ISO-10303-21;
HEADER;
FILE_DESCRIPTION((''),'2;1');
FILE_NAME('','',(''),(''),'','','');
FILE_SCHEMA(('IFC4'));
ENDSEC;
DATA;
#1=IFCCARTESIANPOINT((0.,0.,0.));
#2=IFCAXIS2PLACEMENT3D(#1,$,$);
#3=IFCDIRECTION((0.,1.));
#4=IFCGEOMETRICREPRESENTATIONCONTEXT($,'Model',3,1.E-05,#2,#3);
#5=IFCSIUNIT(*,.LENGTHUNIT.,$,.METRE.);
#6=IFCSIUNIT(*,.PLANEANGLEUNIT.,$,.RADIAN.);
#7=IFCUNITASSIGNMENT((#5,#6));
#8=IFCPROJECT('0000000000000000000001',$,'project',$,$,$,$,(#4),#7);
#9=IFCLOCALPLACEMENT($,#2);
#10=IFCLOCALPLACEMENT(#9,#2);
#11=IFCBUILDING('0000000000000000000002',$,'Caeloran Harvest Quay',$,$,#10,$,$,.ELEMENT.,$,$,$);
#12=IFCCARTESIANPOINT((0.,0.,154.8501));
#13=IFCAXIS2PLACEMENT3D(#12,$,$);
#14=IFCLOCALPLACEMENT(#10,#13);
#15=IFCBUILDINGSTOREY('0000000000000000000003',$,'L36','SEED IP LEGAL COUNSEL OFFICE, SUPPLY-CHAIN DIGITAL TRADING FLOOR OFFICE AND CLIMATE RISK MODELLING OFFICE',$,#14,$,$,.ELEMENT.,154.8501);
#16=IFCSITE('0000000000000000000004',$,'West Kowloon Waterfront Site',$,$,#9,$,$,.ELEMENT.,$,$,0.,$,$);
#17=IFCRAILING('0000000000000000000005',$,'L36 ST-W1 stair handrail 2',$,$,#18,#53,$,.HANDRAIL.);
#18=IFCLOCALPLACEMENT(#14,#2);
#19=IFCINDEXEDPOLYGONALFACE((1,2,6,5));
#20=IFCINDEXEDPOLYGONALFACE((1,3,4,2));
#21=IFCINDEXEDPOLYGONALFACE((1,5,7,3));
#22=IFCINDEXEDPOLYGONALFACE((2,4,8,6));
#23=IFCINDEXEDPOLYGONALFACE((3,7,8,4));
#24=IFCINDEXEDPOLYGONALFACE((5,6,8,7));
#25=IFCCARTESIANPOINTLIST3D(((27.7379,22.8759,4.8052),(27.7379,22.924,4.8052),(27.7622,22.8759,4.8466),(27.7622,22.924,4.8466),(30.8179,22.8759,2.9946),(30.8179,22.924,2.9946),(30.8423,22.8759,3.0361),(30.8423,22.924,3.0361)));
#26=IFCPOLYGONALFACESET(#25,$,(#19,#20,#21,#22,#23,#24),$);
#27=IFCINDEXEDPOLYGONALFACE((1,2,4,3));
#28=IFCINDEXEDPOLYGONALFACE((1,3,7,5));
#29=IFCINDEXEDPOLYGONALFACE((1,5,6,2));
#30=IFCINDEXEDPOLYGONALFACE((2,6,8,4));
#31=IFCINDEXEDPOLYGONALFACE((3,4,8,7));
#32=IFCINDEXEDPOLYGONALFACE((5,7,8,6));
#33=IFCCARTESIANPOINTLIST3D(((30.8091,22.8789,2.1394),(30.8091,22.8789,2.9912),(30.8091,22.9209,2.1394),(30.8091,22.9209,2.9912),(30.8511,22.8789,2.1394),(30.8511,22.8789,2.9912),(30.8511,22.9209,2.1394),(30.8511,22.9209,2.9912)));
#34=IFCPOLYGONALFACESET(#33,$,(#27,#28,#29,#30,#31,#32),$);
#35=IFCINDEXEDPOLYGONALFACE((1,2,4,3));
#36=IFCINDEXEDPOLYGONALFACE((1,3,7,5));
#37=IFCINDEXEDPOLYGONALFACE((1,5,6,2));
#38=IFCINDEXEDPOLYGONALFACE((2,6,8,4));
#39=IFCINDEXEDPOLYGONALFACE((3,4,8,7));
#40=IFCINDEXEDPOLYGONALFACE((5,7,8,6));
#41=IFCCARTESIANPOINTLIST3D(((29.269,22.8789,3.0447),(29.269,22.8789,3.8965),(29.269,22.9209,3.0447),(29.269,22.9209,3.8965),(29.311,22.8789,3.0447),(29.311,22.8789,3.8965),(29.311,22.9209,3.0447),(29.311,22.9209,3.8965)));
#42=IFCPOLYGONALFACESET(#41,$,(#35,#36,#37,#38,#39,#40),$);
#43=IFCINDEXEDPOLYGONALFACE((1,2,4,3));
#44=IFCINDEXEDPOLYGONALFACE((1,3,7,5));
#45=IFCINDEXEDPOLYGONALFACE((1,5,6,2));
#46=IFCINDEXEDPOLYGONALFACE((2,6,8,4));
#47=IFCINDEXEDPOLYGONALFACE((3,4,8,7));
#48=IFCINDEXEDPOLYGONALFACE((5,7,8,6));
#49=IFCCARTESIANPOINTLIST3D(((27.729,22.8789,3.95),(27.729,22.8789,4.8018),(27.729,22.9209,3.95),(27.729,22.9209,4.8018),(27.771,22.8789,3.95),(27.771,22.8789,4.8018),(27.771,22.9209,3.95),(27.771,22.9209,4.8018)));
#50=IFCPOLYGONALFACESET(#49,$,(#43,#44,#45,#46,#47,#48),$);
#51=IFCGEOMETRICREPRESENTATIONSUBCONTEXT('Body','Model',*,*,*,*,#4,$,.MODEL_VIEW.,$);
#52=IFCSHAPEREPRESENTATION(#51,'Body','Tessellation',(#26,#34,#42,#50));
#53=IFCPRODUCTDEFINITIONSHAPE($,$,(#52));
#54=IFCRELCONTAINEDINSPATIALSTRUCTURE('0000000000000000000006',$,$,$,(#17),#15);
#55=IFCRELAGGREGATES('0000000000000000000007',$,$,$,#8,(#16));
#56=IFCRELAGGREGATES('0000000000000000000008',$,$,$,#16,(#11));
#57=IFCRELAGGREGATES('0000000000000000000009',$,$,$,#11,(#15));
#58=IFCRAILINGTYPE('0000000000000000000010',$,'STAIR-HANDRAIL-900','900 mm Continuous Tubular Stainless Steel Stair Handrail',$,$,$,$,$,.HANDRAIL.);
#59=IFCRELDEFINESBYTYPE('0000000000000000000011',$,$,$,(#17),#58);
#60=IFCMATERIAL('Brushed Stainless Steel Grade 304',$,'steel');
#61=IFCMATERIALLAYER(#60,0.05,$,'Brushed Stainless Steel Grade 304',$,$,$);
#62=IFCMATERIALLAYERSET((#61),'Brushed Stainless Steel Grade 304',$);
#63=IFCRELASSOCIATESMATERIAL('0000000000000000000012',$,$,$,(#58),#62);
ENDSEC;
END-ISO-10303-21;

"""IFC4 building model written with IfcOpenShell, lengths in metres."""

from ifc_helpers import new_model, si_unit, direction, frame, origin, origin_2d, place, context, subcontext, project, spatial, rectangle, extrude, material, layer, layer_set, type_object, element, save


model = new_model("IFC4")

# Units and contexts
model_context = context("Model", 3, precision=1e-05, world=origin(), true_north=direction((0.0, 1.0)))
body_context = subcontext(model_context, "Body", "Model", "MODEL_VIEW")
ifc_project = project(units=[si_unit("LENGTHUNIT", "METRE"), si_unit("PLANEANGLEUNIT", "RADIAN")], contexts=[model_context])

# Site, building, storey
site_placement = place(None, origin())
site = spatial("IfcSite", under=ifc_project, at=site_placement, Name="West Kowloon Waterfront Site", CompositionType="ELEMENT", RefElevation=0.0)
building_placement = place(site_placement, origin())
building = spatial("IfcBuilding", under=site, at=building_placement, Name="Caeloran Harvest Quay", CompositionType="ELEMENT")
storey_placement = place(building_placement, frame((0.0, 0.0, 154.8501)))
storey = spatial("IfcBuildingStorey", under=building, at=storey_placement, Name="L36", Description="SEED IP LEGAL COUNSEL OFFICE, SUPPLY-CHAIN DIGITAL TRADING FLOOR OFFICE AND CLIMATE RISK MODELLING OFFICE", CompositionType="ELEMENT", Elevation=154.8501)

# Railing
ifc_material_1 = material(Name="Brushed Stainless Steel Grade 304", Category="steel")
ifc_layer_1 = layer(ifc_material_1, 0.05, Name="Brushed Stainless Steel Grade 304")
ifc_layer_set_1 = layer_set([ifc_layer_1], Name="Brushed Stainless Steel Grade 304")
railing_type_1 = type_object("IfcRailingType", Name="STAIR-HANDRAIL-900", Description="900 mm Continuous Tubular Stainless Steel Stair Handrail", PredefinedType="HANDRAIL", material=ifc_layer_set_1)
railing_1_placement = place(storey_placement, frame((30.8301, 22.8999, 2.1394)))
element("IfcRailing", 1, at=railing_1_placement, inside=storey, type_object=railing_type_1, Name="L36 ST-W1 stair handrail 2", PredefinedType="HANDRAIL", context=body_context, shape_type="SweptSolid", body=[
    extrude(rectangle(XDim=0.0481, YDim=0.0481, at=origin_2d()), frame((0.0, 0.0, 0.876), z_axis=(-0.862089, 0.0, 0.506757), x_axis=(0.0, -1.0, 0.0)), (0.0, 0.0, 1.0), 3.5728),
    extrude(rectangle(XDim=0.042, YDim=0.042, at=origin_2d()), origin(), (0.0, 0.0, 1.0), 0.8518),
    extrude(rectangle(XDim=0.042, YDim=0.042, at=origin_2d()), frame((-1.54, 0.0, 0.9053)), (0.0, 0.0, 1.0), 0.8518),
    extrude(rectangle(XDim=0.042, YDim=0.042, at=origin_2d()), frame((-3.0801, 0.0, 1.8105)), (0.0, 0.0, 1.0), 0.8518),
])

save(model, "model.ifc")
